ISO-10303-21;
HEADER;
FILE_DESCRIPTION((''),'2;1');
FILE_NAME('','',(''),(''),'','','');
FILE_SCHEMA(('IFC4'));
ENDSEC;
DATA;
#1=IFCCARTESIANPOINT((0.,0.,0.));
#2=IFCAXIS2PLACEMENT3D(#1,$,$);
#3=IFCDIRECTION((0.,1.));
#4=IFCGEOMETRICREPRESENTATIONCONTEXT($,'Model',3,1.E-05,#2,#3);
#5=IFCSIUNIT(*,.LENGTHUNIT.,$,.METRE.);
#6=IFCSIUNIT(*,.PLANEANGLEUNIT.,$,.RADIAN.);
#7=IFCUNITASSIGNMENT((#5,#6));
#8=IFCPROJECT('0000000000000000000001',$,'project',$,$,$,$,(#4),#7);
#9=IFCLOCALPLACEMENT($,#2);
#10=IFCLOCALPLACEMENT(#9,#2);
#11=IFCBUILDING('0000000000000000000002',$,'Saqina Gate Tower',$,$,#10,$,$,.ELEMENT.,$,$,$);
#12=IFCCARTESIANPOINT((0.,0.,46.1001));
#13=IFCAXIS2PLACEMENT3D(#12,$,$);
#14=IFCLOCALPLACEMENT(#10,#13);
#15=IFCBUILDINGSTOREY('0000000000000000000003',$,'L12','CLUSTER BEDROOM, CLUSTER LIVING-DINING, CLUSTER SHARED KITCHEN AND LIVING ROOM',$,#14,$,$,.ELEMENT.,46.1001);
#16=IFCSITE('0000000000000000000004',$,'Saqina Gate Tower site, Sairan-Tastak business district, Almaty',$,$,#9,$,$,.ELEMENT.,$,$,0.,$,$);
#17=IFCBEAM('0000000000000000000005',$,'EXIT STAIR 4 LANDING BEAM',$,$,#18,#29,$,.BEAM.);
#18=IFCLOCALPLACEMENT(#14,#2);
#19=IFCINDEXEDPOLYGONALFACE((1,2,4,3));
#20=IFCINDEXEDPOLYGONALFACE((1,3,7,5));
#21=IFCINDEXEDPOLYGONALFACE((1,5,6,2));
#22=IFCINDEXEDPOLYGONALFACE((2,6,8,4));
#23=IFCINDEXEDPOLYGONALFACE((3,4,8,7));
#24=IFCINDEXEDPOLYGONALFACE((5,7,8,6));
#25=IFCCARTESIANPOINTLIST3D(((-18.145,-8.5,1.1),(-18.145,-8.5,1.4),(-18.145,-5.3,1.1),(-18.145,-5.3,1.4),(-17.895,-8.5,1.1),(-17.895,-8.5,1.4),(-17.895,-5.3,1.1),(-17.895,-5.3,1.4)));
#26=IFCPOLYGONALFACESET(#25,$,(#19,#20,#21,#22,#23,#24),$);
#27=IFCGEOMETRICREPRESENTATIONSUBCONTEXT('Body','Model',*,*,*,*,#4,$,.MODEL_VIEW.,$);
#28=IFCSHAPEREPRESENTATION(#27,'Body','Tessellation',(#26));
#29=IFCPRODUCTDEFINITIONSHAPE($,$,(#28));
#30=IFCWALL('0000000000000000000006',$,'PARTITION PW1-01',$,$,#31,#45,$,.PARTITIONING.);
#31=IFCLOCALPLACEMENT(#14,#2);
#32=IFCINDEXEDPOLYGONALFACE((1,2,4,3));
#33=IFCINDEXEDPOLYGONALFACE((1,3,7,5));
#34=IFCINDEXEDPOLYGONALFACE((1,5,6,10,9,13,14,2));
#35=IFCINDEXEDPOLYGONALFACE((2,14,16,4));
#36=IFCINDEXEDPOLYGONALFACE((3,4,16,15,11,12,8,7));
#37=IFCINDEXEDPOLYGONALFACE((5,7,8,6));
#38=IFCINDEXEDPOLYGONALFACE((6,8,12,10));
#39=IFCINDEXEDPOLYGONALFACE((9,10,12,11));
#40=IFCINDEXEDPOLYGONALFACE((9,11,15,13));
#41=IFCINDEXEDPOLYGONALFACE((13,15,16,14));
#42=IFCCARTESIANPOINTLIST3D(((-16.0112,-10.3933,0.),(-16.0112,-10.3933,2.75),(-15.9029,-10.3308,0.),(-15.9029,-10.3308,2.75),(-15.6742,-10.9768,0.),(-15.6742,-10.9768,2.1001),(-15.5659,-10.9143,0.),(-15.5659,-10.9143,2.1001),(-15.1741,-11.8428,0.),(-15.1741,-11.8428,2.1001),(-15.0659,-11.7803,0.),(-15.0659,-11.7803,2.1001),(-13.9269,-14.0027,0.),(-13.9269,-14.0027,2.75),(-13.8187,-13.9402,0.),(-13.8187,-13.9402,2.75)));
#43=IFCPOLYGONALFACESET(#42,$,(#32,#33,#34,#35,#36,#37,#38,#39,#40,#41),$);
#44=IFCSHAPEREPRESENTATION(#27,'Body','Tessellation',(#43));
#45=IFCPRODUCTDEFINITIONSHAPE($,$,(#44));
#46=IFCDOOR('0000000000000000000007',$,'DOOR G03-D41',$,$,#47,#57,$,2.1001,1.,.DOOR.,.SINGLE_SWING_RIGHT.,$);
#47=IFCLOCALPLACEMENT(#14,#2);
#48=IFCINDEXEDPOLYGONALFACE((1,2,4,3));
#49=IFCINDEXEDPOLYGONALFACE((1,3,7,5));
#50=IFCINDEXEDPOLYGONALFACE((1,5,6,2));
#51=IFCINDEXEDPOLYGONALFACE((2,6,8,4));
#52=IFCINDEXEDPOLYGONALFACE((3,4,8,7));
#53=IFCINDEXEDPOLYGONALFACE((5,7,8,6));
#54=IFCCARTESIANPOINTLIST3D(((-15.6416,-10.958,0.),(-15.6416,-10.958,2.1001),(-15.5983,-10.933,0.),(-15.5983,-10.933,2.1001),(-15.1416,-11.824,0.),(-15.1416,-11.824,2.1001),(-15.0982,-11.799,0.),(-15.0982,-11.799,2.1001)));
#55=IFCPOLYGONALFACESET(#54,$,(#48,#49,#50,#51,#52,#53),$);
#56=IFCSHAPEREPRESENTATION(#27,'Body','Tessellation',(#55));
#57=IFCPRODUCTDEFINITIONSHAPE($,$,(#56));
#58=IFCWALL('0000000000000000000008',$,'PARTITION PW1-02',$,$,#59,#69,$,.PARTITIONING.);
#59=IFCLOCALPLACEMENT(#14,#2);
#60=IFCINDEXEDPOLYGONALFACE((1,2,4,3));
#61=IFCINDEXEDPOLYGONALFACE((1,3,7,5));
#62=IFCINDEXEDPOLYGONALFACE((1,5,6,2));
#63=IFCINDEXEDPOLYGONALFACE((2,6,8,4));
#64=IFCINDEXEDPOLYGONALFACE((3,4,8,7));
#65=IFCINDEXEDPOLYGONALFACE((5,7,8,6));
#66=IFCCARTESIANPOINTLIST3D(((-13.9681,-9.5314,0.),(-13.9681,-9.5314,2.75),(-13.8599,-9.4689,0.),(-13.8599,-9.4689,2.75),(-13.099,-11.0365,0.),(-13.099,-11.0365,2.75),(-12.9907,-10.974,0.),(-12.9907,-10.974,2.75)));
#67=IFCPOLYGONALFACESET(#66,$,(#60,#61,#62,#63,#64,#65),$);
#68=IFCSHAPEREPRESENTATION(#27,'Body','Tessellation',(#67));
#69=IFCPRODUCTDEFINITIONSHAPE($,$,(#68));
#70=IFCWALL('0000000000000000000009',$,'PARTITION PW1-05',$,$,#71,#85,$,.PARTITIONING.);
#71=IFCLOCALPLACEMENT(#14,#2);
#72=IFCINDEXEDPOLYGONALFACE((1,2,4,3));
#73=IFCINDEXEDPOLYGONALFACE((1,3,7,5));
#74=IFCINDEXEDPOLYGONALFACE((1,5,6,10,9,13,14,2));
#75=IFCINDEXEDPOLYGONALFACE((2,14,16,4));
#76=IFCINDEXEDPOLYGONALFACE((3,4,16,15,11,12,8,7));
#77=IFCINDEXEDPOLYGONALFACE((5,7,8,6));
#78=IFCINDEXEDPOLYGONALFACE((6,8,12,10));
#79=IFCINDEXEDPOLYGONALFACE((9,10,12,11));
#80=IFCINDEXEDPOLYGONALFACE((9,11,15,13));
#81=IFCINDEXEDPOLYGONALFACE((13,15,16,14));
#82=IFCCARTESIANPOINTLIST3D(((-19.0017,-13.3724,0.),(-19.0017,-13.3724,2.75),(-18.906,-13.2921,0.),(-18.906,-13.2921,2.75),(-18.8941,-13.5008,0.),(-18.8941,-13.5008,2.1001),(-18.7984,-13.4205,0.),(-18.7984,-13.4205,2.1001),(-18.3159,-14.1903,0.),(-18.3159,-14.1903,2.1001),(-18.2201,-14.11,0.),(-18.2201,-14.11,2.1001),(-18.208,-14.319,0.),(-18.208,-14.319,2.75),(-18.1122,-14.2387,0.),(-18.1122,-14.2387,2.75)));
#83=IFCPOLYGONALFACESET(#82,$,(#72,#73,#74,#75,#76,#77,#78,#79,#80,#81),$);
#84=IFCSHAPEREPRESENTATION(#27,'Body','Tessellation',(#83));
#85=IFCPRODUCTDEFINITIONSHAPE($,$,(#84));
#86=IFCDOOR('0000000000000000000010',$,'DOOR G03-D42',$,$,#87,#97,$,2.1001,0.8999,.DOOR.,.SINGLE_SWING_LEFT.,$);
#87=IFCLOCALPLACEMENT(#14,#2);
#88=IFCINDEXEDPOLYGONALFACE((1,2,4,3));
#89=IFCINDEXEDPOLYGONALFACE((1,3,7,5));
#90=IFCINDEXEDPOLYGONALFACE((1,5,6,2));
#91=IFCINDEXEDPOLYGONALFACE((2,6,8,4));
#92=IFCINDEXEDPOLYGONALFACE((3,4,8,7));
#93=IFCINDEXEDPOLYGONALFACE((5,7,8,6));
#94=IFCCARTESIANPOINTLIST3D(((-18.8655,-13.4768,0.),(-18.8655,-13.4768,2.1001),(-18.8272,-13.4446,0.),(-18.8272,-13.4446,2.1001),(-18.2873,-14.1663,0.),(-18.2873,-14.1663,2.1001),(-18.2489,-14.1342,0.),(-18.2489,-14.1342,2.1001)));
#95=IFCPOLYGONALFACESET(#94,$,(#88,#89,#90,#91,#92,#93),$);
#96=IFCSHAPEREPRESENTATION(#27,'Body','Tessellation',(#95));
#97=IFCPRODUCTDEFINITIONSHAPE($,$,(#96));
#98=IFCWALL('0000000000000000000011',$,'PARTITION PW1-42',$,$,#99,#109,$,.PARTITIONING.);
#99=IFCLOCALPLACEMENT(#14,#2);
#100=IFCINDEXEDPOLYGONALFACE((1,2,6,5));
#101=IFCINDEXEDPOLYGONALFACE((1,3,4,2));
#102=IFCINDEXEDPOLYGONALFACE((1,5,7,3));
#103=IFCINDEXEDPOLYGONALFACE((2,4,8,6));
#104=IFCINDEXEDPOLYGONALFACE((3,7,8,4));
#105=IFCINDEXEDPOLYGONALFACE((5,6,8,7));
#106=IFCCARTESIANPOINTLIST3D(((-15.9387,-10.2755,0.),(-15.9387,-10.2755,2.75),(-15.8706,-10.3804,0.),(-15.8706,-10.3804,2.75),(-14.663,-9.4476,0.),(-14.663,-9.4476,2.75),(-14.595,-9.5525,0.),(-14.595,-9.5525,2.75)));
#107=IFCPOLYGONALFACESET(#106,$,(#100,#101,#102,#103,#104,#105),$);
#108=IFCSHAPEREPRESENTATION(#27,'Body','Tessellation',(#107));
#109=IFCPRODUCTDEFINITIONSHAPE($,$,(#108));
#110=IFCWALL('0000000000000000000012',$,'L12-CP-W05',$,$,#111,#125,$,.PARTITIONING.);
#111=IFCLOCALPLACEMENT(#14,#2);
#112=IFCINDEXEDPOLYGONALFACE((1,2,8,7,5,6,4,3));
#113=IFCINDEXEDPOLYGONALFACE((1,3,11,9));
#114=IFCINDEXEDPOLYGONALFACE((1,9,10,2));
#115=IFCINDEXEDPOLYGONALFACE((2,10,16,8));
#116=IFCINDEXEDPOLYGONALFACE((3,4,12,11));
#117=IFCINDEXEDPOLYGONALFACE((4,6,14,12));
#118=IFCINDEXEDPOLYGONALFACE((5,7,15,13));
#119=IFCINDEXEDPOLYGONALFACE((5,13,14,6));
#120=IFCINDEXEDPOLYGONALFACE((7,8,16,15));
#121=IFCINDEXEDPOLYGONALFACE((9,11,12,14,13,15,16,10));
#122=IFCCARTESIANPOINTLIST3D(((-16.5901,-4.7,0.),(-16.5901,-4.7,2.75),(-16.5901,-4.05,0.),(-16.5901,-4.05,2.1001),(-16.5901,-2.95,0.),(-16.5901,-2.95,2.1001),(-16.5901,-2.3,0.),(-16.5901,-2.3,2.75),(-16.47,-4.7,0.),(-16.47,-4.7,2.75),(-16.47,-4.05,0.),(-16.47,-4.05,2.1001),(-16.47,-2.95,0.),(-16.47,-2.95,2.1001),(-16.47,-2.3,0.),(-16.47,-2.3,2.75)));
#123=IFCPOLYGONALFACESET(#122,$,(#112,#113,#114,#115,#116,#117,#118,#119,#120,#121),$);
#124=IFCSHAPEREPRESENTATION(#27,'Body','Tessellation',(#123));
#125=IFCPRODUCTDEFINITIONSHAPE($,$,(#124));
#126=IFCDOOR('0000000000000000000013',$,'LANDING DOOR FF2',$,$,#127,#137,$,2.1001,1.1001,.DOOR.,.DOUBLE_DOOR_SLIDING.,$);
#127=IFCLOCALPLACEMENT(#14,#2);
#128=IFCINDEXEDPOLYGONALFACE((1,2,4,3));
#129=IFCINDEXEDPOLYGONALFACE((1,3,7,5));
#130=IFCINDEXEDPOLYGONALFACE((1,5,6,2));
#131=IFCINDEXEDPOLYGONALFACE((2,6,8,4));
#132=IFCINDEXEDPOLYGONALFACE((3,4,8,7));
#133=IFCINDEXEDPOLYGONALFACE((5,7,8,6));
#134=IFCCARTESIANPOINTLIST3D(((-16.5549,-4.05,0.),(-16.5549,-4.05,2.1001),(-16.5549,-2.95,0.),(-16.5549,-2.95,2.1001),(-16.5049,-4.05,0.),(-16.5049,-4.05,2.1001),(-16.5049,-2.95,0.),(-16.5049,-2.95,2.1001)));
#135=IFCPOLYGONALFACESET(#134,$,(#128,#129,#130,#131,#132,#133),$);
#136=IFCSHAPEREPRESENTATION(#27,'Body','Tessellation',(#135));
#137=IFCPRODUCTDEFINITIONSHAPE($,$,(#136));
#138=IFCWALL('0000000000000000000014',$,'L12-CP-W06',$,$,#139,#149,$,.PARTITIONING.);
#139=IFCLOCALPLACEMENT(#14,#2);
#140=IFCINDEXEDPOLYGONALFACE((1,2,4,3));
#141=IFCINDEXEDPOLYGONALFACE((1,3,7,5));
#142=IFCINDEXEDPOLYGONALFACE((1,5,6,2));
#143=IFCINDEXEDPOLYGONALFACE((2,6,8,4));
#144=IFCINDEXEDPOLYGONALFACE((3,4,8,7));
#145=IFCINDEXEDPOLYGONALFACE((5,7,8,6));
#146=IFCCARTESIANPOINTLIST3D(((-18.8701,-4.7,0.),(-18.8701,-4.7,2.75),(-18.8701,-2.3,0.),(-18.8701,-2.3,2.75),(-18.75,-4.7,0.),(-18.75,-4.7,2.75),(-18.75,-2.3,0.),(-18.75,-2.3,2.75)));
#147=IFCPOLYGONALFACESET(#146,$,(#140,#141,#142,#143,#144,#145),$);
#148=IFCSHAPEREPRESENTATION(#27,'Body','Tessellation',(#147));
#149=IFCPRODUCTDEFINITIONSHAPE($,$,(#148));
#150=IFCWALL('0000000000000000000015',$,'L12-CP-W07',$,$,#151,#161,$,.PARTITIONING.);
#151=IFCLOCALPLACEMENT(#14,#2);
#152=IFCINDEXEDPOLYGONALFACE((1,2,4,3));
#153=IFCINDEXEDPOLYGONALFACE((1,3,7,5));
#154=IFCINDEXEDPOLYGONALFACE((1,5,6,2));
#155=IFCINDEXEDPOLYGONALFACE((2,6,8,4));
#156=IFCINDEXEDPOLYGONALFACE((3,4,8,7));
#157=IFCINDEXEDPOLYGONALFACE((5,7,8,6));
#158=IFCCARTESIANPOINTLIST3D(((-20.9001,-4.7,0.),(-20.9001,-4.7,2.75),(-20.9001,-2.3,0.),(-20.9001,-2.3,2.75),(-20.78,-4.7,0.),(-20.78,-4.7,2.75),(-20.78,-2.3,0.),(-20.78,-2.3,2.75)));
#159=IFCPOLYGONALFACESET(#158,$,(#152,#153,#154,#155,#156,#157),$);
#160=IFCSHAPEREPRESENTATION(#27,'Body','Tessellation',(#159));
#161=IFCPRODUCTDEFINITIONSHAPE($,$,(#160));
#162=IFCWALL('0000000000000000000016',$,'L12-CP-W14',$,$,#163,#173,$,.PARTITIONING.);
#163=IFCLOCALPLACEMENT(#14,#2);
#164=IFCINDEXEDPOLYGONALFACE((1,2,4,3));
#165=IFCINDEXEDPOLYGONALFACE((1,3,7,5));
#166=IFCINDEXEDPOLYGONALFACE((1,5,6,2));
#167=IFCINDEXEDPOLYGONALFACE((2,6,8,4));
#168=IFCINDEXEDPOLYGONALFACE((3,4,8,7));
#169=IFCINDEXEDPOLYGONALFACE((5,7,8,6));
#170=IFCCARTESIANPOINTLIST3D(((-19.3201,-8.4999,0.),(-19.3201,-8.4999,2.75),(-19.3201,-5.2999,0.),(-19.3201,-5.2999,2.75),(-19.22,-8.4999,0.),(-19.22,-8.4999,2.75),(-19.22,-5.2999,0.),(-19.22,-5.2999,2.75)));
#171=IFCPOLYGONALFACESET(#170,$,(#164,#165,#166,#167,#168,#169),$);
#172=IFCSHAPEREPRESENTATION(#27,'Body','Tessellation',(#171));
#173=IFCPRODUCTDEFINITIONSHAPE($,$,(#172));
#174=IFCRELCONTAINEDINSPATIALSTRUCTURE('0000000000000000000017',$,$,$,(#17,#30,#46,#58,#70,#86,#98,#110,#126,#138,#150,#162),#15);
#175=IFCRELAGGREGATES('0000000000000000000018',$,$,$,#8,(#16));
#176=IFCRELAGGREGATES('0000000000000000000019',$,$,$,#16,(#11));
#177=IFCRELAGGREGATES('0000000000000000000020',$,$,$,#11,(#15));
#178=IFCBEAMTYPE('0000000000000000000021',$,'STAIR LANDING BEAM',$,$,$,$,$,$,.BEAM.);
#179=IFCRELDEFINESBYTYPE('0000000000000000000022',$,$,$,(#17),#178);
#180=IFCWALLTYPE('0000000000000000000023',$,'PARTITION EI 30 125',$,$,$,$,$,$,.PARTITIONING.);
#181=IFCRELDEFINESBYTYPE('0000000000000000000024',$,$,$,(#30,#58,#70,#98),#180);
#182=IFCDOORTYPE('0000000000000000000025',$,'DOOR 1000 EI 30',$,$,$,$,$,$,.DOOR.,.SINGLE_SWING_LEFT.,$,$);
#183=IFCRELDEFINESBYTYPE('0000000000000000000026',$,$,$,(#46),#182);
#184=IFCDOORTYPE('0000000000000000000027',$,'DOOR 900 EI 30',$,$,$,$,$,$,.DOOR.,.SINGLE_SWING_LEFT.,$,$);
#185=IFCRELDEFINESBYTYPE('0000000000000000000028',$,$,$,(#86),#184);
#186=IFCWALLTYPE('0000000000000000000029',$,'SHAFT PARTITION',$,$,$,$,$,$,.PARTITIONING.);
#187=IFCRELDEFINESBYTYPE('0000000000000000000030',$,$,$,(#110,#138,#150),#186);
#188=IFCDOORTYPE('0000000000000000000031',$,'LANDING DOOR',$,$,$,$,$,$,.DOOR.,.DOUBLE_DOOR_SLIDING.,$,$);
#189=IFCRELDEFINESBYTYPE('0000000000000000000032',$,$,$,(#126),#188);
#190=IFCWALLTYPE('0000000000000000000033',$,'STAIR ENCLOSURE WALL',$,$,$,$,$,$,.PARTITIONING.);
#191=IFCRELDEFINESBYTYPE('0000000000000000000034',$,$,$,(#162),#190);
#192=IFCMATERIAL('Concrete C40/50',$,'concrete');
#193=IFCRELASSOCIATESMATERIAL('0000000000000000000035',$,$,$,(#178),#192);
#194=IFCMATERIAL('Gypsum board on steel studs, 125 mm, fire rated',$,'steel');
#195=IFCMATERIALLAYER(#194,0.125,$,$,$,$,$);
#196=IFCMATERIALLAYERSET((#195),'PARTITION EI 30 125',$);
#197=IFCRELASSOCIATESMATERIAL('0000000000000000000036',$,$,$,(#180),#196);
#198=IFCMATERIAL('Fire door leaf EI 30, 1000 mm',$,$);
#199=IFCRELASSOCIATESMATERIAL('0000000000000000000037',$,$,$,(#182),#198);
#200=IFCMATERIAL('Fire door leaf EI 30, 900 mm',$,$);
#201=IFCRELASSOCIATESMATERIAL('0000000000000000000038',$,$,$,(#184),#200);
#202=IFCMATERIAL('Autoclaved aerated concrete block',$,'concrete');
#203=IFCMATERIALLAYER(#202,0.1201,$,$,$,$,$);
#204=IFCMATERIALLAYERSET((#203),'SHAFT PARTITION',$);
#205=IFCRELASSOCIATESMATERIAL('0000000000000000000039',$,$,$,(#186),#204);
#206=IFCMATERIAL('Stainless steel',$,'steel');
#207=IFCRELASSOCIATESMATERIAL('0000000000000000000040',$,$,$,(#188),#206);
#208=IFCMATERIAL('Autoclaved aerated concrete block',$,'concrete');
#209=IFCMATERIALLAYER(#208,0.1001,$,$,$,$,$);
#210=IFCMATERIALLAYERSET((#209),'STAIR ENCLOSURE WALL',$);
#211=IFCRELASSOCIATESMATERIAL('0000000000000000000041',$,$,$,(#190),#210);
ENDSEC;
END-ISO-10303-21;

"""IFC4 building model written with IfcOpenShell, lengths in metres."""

from ifc_helpers import new_model, si_unit, direction, frame, frame_2d, origin, origin_2d, place, context, subcontext, project, spatial, rectangle, extrude, material, layer, layer_set, material_profile, profile_set, type_object, element, fill, save


model = new_model("IFC4")

# Units and contexts
model_context = context("Model", 3, precision=1e-05, world=origin(), true_north=direction((0.0, 1.0)))
body_context = subcontext(model_context, "Body", "Model", "MODEL_VIEW")
ifc_project = project(units=[si_unit("LENGTHUNIT", "METRE"), si_unit("PLANEANGLEUNIT", "RADIAN")], contexts=[model_context])

# Site, building, storey
site_placement = place(None, origin())
site = spatial("IfcSite", under=ifc_project, at=site_placement, Name="Saqina Gate Tower site, Sairan-Tastak business district, Almaty", CompositionType="ELEMENT", RefElevation=0.0)
building_placement = place(site_placement, origin())
building = spatial("IfcBuilding", under=site, at=building_placement, Name="Saqina Gate Tower", CompositionType="ELEMENT")
storey_placement = place(building_placement, frame((0.0, 0.0, 46.1001)))
storey = spatial("IfcBuildingStorey", under=building, at=storey_placement, Name="L12", Description="CLUSTER BEDROOM, CLUSTER LIVING-DINING, CLUSTER SHARED KITCHEN AND LIVING ROOM", CompositionType="ELEMENT", Elevation=46.1001)

# Beam
ifc_material_1 = material(Name="Concrete C40/50", Category="concrete")
ifc_material_profile = material_profile(ifc_material_1, rectangle(XDim=0.25, YDim=0.3, at=origin_2d()), Name="STAIR LANDING BEAM")
ifc_profile_set = profile_set([ifc_material_profile], Name="Concrete C40/50")
beam_type = type_object("IfcBeamType", Name="STAIR LANDING BEAM", PredefinedType="BEAM", material=ifc_profile_set)
beam_placement = place(storey_placement, frame((-18.02, -8.5, 1.25), z_axis=(0.0, 1.0, 0.0), x_axis=(-1.0, 0.0, 0.0)))
element("IfcBeam", 1, at=beam_placement, inside=storey, type_object=beam_type, Name="EXIT STAIR 4 LANDING BEAM", PredefinedType="BEAM", context=body_context, shape_type="SweptSolid", body=[
    extrude(rectangle(XDim=0.25, YDim=0.3, at=origin_2d()), origin(), (0.0, 0.0, 1.0), 3.2),
])

# Wall, opening, door
ifc_material_2 = material(Name="Gypsum board on steel studs, 125 mm, fire rated", Category="steel")
ifc_layer_1 = layer(ifc_material_2, 0.125)
ifc_layer_set_1 = layer_set([ifc_layer_1], Name="PARTITION EI 30 125")
wall_type_1 = type_object("IfcWallType", Name="PARTITION EI 30 125", PredefinedType="PARTITIONING", material=ifc_layer_set_1)
wall_1_placement = place(storey_placement, frame((-15.957, -10.3621, 0.0), z_axis=(0.0, 0.0, 1.0), x_axis=(0.500064, -0.865989, 0.0)))
wall_1 = element("IfcWall", 2, at=wall_1_placement, inside=storey, type_object=wall_type_1, Name="PARTITION PW1-01", PredefinedType="PARTITIONING", context=body_context, shape_type="SweptSolid", body=[
    extrude(rectangle(XDim=4.168, YDim=0.125, at=frame_2d((2.084, 0.0))), origin(), (0.0, 0.0, 1.0), 2.75),
])
opening_1_placement = place(wall_1_placement, frame((0.6738, 0.0, 0.0)))
opening_1 = element("IfcOpeningElement", 3, at=opening_1_placement, cuts=wall_1, PredefinedType="OPENING", context=body_context, shape_type="SweptSolid", body=[
    extrude(rectangle(XDim=1.0, YDim=2.1001, at=frame_2d((0.5, 1.05))), frame((0.0, 0.0745, 0.0), z_axis=(0.0, -1.0, 0.0), x_axis=(1.0, 0.0, 0.0)), (0.0, 0.0, 1.0), 0.1489),
])
ifc_material_3 = material(Name="Fire door leaf EI 30, 1000 mm")
door_type_1 = type_object("IfcDoorType", Name="DOOR 1000 EI 30", OperationType="SINGLE_SWING_LEFT", PredefinedType="DOOR", material=ifc_material_3)
door_1_placement = place(opening_1_placement, frame((1.0, 0.0, 0.0), z_axis=(0.0, 0.0, 1.0), x_axis=(-1.0, 0.0, 0.0)))
door_1 = element("IfcDoor", 4, at=door_1_placement, inside=storey, type_object=door_type_1, Name="DOOR G03-D41", OperationType="SINGLE_SWING_RIGHT", OverallHeight=2.1001, OverallWidth=1.0, PredefinedType="DOOR", context=body_context, shape_type="SweptSolid", body=[
    extrude(rectangle(XDim=1.0, YDim=2.1001, at=frame_2d((0.5, 1.05))), frame((0.0, 0.0249, 0.0), z_axis=(0.0, -1.0, 0.0), x_axis=(1.0, 0.0, 0.0)), (0.0, 0.0, 1.0), 0.05),
])
fill(opening_1, door_1)

# Wall
wall_2_placement = place(storey_placement, frame((-13.9141, -9.5, 0.0), z_axis=(0.0, 0.0, 1.0), x_axis=(0.500067, -0.865987, 0.0)))
element("IfcWall", 5, at=wall_2_placement, inside=storey, type_object=wall_type_1, Name="PARTITION PW1-02", PredefinedType="PARTITIONING", context=body_context, shape_type="SweptSolid", body=[
    extrude(rectangle(XDim=1.738, YDim=0.125, at=frame_2d((0.8691, 0.0))), origin(), (0.0, 0.0, 1.0), 2.75),
])

# Wall, opening, door
wall_3_placement = place(storey_placement, frame((-18.9539, -13.3323, 0.0), z_axis=(0.0, 0.0, 1.0), x_axis=(0.642534, -0.766257, 0.0)))
wall_3 = element("IfcWall", 6, at=wall_3_placement, inside=storey, type_object=wall_type_1, Name="PARTITION PW1-05", PredefinedType="PARTITIONING", context=body_context, shape_type="SweptSolid", body=[
    extrude(rectangle(XDim=1.2354, YDim=0.125, at=frame_2d((0.6177, 0.0))), origin(), (0.0, 0.0, 1.0), 2.75),
])
opening_2_placement = place(wall_3_placement, frame((0.1675, 0.0, 0.0)))
opening_2 = element("IfcOpeningElement", 7, at=opening_2_placement, cuts=wall_3, PredefinedType="OPENING", context=body_context, shape_type="SweptSolid", body=[
    extrude(rectangle(XDim=0.8999, YDim=2.1001, at=frame_2d((0.45, 1.05))), frame((0.0, 0.0745, 0.0), z_axis=(0.0, -1.0, 0.0), x_axis=(1.0, 0.0, 0.0)), (0.0, 0.0, 1.0), 0.1489),
])
ifc_material_4 = material(Name="Fire door leaf EI 30, 900 mm")
door_type_2 = type_object("IfcDoorType", Name="DOOR 900 EI 30", OperationType="SINGLE_SWING_LEFT", PredefinedType="DOOR", material=ifc_material_4)
door_2_placement = place(opening_2_placement, origin())
door_2 = element("IfcDoor", 8, at=door_2_placement, inside=storey, type_object=door_type_2, Name="DOOR G03-D42", OperationType="SINGLE_SWING_LEFT", OverallHeight=2.1001, OverallWidth=0.8999, PredefinedType="DOOR", context=body_context, shape_type="SweptSolid", body=[
    extrude(rectangle(XDim=0.8999, YDim=2.1001, at=frame_2d((0.45, 1.05))), frame((0.0, 0.0249, 0.0), z_axis=(0.0, -1.0, 0.0), x_axis=(1.0, 0.0, 0.0)), (0.0, 0.0, 1.0), 0.05),
])
fill(opening_2, door_2)

# Wall
wall_4_placement = place(storey_placement, frame((-15.9045, -10.3279, 0.0), z_axis=(0.0, 0.0, 1.0), x_axis=(0.838829, 0.544396, 0.0)))
element("IfcWall", 9, at=wall_4_placement, inside=storey, type_object=wall_type_1, Name="PARTITION PW1-42", PredefinedType="PARTITIONING", context=body_context, shape_type="SweptSolid", body=[
    extrude(rectangle(XDim=1.5208, YDim=0.125, at=frame_2d((0.7603, 0.0))), origin(), (0.0, 0.0, 1.0), 2.75),
])

# Wall, opening, door
ifc_material_5 = material(Name="Autoclaved aerated concrete block", Category="concrete")
ifc_layer_2 = layer(ifc_material_5, 0.1201)
ifc_layer_set_2 = layer_set([ifc_layer_2], Name="SHAFT PARTITION")
wall_type_2 = type_object("IfcWallType", Name="SHAFT PARTITION", PredefinedType="PARTITIONING", material=ifc_layer_set_2)
wall_5_placement = place(storey_placement, frame((-16.53, -4.7, 0.0), z_axis=(0.0, 0.0, 1.0), x_axis=(0.0, 1.0, 0.0)))
wall_5 = element("IfcWall", 10, at=wall_5_placement, inside=storey, type_object=wall_type_2, Name="L12-CP-W05", PredefinedType="PARTITIONING", context=body_context, shape_type="SweptSolid", body=[
    extrude(rectangle(XDim=2.3999, YDim=0.1201, at=frame_2d((1.2, 0.0))), origin(), (0.0, 0.0, 1.0), 2.75),
])
opening_3_placement = place(wall_5_placement, frame((0.6499, 0.0, 0.0)))
opening_3 = element("IfcOpeningElement", 11, at=opening_3_placement, cuts=wall_5, PredefinedType="OPENING", context=body_context, shape_type="SweptSolid", body=[
    extrude(rectangle(XDim=1.1001, YDim=2.1001, at=frame_2d((0.55, 1.05))), frame((0.0, 0.072, 0.0), z_axis=(0.0, -1.0, 0.0), x_axis=(1.0, 0.0, 0.0)), (0.0, 0.0, 1.0), 0.144),
])
ifc_material_6 = material(Name="Stainless steel", Category="steel")
door_type_3 = type_object("IfcDoorType", Name="LANDING DOOR", OperationType="DOUBLE_DOOR_SLIDING", PredefinedType="DOOR", material=ifc_material_6)
door_3_placement = place(opening_3_placement, origin())
door_3 = element("IfcDoor", 12, at=door_3_placement, inside=storey, type_object=door_type_3, Name="LANDING DOOR FF2", OperationType="DOUBLE_DOOR_SLIDING", OverallHeight=2.1001, OverallWidth=1.1001, PredefinedType="DOOR", context=body_context, shape_type="SweptSolid", body=[
    extrude(rectangle(XDim=1.1001, YDim=2.1001, at=frame_2d((0.55, 1.05))), frame((0.0, 0.0249, 0.0), z_axis=(0.0, -1.0, 0.0), x_axis=(1.0, 0.0, 0.0)), (0.0, 0.0, 1.0), 0.05),
])
fill(opening_3, door_3)

# Walls
for number, where, z_axis, x_axis, name in (
    (13, (-18.8101, -4.7, 0.0), (0.0, 0.0, 1.0), (0.0, 1.0, 0.0), "L12-CP-W06"),
    (14, (-20.8401, -4.7, 0.0), (0.0, 0.0, 1.0), (0.0, 1.0, 0.0), "L12-CP-W07"),
):
    element("IfcWall", number, at=place(storey_placement, frame(where, z_axis=z_axis, x_axis=x_axis)), inside=storey, type_object=wall_type_2, Name=name, PredefinedType="PARTITIONING", context=body_context, shape_type="SweptSolid", body=[
        extrude(rectangle(XDim=2.3999, YDim=0.1201, at=frame_2d((1.2, 0.0))), origin(), (0.0, 0.0, 1.0), 2.75),
    ])
ifc_material_7 = material(Name="Autoclaved aerated concrete block", Category="concrete")
ifc_layer_3 = layer(ifc_material_7, 0.1001)
ifc_layer_set_3 = layer_set([ifc_layer_3], Name="STAIR ENCLOSURE WALL")
wall_type_3 = type_object("IfcWallType", Name="STAIR ENCLOSURE WALL", PredefinedType="PARTITIONING", material=ifc_layer_set_3)
wall_6_placement = place(storey_placement, frame((-19.27, -8.5, 0.0), z_axis=(0.0, 0.0, 1.0), x_axis=(0.0, 1.0, 0.0)))
element("IfcWall", 15, at=wall_6_placement, inside=storey, type_object=wall_type_3, Name="L12-CP-W14", PredefinedType="PARTITIONING", context=body_context, shape_type="SweptSolid", body=[
    extrude(rectangle(XDim=3.2, YDim=0.1001, at=frame_2d((1.6001, 0.0))), origin(), (0.0, 0.0, 1.0), 2.75),
])

save(model, "model.ifc")
